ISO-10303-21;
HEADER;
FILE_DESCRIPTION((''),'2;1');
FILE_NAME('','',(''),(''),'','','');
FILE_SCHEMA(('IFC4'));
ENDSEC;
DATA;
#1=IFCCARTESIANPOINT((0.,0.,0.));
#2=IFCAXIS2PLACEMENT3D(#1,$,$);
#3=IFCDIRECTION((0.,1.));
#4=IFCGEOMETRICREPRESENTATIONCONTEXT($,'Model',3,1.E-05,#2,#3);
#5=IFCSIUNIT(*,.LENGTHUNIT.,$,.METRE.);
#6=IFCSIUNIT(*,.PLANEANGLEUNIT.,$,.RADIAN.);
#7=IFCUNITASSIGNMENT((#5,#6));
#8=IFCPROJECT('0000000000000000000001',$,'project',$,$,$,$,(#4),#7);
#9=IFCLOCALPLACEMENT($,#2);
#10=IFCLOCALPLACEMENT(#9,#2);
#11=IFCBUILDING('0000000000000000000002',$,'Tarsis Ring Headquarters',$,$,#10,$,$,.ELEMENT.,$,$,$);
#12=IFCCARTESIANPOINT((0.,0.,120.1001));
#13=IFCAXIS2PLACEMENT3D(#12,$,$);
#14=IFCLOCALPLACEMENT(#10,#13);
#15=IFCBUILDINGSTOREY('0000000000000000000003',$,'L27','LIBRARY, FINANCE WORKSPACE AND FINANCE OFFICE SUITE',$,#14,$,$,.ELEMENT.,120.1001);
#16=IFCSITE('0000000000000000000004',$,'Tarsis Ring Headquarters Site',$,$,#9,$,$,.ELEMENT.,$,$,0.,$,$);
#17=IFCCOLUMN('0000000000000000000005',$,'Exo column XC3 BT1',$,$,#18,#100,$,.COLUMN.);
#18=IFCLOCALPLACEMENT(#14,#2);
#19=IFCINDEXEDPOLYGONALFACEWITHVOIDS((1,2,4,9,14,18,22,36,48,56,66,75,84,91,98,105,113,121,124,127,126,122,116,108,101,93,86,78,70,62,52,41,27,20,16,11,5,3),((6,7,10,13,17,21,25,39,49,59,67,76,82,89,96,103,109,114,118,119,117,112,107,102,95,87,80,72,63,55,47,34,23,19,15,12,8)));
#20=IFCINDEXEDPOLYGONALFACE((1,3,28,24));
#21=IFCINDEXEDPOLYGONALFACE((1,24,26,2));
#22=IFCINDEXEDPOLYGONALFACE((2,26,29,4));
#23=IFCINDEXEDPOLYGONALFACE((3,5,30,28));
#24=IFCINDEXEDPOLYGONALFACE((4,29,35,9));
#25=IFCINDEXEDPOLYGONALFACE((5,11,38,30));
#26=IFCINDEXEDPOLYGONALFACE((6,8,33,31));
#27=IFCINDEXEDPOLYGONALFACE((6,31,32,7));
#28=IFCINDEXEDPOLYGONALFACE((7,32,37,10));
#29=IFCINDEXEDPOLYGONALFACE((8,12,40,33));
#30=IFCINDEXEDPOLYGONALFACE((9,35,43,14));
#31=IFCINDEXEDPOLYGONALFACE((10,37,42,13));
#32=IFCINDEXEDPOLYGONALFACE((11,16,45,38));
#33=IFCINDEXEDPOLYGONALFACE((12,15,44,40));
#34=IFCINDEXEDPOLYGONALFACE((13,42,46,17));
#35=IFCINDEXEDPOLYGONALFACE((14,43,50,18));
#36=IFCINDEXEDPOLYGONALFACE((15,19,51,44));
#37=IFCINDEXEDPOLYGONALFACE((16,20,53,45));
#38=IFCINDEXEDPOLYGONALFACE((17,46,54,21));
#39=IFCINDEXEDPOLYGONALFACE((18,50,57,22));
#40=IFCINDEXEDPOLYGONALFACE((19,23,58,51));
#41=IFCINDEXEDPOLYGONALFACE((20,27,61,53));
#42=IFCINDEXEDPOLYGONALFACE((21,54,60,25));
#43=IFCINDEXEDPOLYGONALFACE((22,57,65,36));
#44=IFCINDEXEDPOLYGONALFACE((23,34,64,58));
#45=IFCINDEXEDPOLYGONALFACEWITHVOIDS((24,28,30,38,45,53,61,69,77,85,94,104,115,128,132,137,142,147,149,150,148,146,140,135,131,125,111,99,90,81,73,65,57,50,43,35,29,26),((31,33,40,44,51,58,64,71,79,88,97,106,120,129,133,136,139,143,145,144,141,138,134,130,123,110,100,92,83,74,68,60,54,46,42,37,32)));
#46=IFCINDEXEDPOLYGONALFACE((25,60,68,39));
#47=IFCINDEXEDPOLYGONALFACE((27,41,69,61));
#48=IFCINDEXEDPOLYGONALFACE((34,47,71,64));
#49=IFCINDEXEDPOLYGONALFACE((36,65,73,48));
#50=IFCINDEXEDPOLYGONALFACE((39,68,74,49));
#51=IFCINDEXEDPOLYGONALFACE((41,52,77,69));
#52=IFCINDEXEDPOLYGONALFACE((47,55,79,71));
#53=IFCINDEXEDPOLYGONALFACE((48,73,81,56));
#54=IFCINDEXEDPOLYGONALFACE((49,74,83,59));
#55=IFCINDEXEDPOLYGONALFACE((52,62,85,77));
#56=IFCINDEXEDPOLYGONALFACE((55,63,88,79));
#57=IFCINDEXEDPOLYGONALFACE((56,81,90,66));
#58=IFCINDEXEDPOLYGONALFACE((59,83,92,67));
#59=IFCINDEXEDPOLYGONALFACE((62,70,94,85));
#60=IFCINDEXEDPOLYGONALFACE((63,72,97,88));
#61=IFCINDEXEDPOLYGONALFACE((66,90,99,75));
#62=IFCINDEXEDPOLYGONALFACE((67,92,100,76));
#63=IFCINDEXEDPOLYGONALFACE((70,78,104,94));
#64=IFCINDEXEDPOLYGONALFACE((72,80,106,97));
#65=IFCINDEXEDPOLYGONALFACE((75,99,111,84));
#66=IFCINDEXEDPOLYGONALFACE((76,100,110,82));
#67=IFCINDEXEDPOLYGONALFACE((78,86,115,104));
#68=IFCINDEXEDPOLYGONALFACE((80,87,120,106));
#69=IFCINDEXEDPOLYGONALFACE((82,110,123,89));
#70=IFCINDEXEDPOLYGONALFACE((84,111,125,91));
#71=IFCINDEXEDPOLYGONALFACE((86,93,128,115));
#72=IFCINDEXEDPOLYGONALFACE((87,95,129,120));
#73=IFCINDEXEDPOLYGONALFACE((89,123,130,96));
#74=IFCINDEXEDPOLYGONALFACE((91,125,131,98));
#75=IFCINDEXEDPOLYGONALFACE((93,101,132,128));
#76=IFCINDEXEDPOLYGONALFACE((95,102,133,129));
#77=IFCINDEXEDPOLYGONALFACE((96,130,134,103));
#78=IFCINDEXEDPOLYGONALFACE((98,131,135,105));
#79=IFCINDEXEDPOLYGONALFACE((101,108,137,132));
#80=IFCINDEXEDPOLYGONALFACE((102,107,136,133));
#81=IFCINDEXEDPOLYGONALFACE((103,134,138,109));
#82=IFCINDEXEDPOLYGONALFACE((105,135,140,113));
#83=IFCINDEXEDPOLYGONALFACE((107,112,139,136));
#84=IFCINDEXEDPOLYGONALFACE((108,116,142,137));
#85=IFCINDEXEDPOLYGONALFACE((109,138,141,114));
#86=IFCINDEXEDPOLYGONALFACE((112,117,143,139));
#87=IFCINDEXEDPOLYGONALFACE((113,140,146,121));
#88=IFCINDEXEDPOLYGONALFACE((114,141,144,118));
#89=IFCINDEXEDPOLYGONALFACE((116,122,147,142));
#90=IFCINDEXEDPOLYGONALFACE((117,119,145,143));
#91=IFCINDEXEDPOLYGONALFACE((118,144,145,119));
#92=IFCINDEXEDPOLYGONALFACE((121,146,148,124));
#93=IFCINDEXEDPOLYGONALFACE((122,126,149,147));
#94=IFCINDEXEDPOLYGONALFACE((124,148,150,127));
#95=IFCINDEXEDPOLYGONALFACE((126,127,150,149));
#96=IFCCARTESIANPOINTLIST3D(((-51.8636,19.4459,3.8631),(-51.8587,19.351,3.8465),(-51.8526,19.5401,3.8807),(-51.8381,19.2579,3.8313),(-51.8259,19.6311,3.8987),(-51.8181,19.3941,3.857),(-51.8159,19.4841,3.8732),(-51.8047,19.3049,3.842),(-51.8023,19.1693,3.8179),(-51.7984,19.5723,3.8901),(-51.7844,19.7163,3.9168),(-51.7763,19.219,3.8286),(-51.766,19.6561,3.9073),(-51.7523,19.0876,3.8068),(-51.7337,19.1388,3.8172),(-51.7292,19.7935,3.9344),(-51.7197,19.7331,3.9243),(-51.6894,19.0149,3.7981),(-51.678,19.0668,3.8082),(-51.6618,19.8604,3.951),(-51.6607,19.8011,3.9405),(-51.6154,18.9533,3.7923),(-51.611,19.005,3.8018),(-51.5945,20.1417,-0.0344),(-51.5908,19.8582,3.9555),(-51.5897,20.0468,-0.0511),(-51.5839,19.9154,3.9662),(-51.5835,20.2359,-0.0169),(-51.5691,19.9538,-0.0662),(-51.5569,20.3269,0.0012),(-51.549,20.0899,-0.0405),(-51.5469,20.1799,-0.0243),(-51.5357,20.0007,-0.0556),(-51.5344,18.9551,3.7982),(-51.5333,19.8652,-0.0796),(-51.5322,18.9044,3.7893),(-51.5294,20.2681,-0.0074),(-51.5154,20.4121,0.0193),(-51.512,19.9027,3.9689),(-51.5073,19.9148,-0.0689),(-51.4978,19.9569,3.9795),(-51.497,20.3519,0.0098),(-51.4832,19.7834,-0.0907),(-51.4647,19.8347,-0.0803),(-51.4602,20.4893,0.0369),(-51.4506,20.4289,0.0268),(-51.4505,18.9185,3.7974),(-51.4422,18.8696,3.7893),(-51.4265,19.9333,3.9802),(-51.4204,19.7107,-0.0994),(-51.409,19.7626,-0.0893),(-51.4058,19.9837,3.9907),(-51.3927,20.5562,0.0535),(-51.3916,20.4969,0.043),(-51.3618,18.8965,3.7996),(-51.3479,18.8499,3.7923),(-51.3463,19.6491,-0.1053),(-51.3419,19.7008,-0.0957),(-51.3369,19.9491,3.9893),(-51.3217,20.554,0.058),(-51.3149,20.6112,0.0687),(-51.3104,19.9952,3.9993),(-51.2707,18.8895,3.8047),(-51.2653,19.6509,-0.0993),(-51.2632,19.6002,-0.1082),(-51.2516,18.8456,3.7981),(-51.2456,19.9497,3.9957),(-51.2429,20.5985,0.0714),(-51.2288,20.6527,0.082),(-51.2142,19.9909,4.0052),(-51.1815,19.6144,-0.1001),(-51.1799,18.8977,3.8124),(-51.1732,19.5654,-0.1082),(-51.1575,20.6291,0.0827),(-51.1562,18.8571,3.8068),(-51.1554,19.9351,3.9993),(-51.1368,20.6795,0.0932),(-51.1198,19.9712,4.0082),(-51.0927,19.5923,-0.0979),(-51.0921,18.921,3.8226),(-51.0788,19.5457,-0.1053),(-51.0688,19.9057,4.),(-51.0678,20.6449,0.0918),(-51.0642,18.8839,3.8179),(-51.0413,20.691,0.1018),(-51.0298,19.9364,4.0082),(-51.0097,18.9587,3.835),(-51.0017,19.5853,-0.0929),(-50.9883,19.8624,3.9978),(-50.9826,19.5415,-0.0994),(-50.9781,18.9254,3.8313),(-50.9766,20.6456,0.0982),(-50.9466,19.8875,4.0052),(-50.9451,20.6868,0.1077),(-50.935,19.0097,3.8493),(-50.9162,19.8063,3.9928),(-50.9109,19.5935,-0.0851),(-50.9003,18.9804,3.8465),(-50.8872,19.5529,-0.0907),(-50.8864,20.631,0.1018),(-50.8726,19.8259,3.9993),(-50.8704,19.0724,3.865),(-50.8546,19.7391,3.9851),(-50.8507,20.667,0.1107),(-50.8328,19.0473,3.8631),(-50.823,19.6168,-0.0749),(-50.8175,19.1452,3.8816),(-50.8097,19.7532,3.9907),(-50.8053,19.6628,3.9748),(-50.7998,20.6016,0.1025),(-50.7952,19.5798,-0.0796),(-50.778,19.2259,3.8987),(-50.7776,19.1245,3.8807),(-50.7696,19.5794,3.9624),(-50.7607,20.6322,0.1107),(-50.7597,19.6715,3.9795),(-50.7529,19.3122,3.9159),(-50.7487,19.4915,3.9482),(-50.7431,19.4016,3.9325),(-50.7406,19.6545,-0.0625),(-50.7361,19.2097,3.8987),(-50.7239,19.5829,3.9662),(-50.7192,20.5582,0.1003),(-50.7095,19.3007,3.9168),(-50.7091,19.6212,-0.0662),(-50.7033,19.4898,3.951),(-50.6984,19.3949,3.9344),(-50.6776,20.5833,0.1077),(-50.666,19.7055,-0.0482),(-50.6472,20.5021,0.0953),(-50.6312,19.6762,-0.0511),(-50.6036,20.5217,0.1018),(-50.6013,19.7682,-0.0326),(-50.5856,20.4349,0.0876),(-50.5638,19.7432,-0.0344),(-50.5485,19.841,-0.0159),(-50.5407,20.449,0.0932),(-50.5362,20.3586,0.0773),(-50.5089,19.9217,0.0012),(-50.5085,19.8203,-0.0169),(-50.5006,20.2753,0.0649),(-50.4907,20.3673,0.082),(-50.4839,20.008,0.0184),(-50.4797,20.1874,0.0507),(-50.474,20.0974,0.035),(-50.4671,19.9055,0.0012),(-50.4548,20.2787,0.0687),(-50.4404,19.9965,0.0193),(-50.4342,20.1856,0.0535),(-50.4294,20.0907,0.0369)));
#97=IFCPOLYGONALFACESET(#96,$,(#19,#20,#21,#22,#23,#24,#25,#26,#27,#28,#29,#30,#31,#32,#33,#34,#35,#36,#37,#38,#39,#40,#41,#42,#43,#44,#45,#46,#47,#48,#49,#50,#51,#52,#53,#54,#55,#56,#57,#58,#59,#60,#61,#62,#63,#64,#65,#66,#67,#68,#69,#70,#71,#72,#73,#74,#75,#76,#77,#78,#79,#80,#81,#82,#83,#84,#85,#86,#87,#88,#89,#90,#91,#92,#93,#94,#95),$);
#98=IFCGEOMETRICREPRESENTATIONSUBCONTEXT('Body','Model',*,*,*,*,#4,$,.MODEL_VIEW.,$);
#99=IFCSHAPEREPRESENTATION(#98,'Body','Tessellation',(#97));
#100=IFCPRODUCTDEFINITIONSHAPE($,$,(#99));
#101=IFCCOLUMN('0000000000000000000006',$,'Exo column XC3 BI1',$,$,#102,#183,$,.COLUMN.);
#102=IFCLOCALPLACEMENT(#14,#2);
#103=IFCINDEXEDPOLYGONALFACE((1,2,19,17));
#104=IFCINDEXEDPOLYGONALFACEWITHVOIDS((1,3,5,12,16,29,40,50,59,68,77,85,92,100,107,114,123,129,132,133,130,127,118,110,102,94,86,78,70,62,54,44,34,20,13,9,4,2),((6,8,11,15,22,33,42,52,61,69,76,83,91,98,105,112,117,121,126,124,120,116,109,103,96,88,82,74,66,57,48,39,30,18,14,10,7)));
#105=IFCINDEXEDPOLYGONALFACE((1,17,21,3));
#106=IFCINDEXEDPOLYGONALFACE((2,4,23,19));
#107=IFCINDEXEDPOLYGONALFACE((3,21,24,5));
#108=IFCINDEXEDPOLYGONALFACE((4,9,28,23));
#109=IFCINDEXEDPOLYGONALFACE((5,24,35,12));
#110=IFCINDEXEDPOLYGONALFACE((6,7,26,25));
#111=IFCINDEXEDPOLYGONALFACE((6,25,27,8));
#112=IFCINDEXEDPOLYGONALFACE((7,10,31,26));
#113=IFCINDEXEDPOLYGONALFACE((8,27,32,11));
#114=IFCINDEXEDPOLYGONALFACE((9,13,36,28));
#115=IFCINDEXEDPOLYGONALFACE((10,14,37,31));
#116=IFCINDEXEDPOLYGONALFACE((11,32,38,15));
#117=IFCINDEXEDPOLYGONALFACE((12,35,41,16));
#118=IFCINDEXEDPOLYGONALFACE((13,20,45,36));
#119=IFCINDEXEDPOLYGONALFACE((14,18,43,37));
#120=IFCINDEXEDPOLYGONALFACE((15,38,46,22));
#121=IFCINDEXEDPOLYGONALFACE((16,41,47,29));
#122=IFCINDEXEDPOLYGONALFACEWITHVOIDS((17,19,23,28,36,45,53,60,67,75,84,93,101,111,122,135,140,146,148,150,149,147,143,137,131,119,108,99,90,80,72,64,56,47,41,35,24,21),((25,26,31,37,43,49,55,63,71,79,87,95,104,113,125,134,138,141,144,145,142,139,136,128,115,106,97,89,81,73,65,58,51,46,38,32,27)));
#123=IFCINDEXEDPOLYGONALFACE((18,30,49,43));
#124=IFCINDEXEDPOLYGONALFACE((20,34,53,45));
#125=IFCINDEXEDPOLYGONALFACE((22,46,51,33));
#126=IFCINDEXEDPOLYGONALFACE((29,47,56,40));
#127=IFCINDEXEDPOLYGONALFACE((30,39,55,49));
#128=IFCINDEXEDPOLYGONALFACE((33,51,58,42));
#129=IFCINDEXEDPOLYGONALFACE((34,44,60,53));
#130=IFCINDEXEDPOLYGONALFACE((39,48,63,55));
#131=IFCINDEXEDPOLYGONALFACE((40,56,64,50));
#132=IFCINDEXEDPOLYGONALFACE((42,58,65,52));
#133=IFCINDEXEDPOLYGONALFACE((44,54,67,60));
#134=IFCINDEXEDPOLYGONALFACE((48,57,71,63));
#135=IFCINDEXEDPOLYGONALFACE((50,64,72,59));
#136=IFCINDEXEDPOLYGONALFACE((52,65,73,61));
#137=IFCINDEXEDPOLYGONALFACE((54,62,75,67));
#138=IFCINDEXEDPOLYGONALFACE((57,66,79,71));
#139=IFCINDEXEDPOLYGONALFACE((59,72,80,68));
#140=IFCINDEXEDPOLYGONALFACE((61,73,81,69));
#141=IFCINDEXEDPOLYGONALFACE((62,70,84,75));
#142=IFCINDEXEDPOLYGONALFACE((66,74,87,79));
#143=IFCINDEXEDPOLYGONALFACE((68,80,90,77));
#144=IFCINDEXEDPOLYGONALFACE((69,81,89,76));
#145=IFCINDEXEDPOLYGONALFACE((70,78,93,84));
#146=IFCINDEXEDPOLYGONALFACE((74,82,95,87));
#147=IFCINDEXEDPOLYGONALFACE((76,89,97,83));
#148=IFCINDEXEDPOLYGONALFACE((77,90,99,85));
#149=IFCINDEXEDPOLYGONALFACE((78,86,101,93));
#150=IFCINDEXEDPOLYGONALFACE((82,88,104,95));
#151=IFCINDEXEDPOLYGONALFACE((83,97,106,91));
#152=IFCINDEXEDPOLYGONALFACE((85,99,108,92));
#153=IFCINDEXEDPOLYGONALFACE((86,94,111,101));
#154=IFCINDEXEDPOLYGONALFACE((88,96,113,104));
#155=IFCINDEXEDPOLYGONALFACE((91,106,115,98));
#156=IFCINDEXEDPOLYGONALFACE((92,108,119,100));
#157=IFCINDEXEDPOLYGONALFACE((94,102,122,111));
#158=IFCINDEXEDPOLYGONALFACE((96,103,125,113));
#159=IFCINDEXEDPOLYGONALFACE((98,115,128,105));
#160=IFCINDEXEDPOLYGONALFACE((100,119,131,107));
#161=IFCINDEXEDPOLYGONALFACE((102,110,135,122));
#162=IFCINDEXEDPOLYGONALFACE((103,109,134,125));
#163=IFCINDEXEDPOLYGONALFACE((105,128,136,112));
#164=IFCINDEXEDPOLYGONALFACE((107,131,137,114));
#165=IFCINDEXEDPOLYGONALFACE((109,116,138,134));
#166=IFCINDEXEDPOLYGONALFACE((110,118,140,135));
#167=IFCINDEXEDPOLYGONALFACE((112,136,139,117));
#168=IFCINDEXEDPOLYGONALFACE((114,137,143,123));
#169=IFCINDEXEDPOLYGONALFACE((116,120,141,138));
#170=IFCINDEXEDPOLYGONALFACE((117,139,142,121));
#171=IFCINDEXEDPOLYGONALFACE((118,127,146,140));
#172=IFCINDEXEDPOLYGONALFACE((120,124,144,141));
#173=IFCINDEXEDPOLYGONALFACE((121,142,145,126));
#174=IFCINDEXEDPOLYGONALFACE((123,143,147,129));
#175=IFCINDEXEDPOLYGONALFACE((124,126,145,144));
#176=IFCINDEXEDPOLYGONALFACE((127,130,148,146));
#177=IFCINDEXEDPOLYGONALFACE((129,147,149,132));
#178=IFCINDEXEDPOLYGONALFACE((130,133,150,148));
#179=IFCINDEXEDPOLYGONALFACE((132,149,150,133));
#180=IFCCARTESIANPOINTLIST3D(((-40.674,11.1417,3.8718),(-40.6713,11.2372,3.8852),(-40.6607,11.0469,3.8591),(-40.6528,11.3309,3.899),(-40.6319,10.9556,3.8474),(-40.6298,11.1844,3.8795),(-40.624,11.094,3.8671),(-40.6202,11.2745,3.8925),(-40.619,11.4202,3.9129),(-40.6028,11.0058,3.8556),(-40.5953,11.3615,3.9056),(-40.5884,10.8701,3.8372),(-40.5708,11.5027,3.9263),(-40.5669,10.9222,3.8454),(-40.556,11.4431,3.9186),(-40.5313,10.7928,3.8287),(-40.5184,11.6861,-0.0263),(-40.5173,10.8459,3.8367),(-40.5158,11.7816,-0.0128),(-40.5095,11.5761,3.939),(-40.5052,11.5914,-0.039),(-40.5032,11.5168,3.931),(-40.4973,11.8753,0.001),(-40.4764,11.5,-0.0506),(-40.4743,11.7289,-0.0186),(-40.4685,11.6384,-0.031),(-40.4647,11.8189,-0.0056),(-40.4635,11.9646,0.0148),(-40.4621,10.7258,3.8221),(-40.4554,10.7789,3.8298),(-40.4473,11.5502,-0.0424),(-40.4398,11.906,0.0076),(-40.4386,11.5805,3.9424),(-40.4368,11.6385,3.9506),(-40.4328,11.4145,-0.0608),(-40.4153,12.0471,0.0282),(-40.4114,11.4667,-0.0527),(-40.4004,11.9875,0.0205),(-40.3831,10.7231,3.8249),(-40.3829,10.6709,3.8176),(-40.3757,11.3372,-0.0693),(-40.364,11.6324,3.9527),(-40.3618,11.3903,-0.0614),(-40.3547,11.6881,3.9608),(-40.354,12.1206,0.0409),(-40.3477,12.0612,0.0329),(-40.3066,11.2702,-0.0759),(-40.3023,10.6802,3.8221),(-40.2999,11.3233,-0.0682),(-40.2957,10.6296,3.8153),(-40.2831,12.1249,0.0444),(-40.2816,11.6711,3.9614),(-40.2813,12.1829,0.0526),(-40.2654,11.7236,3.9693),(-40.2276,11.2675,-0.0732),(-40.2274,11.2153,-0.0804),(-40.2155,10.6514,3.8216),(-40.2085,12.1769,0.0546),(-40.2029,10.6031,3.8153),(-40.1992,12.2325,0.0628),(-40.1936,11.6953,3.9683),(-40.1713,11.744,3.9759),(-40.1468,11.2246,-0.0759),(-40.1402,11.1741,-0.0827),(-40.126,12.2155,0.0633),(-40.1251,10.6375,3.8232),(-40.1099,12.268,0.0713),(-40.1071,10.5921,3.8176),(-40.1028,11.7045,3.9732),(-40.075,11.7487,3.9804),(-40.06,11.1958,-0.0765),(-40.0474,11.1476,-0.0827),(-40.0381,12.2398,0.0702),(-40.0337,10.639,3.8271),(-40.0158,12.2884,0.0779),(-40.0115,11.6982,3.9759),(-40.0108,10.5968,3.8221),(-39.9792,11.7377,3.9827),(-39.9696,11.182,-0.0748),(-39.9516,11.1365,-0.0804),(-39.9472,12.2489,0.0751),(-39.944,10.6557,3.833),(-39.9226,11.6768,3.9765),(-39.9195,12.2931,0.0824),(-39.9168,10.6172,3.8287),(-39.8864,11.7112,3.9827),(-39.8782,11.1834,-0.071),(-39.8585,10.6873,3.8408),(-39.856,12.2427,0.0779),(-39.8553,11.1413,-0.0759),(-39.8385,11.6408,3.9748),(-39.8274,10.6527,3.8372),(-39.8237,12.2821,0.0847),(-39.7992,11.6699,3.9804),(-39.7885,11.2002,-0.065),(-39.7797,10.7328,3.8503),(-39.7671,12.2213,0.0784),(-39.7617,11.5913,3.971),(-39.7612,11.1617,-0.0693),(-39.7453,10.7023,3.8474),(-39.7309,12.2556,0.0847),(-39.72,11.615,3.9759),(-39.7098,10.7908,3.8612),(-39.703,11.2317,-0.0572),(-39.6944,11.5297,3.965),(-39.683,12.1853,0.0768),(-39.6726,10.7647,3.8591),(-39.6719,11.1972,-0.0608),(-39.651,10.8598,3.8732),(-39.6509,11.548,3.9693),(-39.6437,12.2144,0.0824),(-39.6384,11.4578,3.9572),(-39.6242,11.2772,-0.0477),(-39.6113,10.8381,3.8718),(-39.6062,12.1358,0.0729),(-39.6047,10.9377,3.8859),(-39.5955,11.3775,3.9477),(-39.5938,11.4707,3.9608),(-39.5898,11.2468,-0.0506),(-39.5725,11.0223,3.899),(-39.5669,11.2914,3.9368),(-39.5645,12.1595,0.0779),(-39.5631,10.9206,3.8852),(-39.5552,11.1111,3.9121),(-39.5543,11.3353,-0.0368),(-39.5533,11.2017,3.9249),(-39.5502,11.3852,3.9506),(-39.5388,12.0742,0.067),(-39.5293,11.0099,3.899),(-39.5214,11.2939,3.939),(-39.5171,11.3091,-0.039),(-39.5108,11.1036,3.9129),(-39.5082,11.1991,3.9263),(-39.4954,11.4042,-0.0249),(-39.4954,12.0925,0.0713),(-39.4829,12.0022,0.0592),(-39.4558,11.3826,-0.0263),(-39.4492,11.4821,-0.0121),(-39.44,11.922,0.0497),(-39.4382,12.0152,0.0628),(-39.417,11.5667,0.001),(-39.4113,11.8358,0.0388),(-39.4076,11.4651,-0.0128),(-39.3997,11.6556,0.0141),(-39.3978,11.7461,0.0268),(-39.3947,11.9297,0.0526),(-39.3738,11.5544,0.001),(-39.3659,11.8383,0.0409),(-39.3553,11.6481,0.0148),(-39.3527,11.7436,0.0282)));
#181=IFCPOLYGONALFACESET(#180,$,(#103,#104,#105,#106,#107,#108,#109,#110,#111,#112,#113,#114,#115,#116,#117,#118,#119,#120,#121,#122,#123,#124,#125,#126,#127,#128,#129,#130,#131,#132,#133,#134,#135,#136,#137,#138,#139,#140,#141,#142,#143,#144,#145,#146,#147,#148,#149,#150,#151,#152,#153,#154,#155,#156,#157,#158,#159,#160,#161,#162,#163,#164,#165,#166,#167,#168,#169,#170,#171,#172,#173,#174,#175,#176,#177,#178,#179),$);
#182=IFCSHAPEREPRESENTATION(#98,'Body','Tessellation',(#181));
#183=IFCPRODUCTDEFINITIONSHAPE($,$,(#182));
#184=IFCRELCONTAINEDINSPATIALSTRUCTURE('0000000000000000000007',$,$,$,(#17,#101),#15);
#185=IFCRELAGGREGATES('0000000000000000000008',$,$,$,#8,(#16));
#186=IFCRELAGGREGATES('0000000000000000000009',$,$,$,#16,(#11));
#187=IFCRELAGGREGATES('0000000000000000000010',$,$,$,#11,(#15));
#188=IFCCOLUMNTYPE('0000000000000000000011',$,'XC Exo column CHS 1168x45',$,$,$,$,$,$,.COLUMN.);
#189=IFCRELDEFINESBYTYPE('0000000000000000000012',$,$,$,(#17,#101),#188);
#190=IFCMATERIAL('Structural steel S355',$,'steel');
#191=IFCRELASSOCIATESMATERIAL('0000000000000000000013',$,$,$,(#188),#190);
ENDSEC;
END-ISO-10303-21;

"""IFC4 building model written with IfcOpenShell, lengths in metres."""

from ifc_helpers import new_model, si_unit, direction, frame, origin, origin_2d, place, context, subcontext, project, spatial, hollow_circle, extrude, material, material_profile, profile_set, type_object, element, save


model = new_model("IFC4")

# Units and contexts
model_context = context("Model", 3, precision=1e-05, world=origin(), true_north=direction((0.0, 1.0)))
body_context = subcontext(model_context, "Body", "Model", "MODEL_VIEW")
ifc_project = project(units=[si_unit("LENGTHUNIT", "METRE"), si_unit("PLANEANGLEUNIT", "RADIAN")], contexts=[model_context])

# Site, building, storey
site_placement = place(None, origin())
site = spatial("IfcSite", under=ifc_project, at=site_placement, Name="Tarsis Ring Headquarters Site", CompositionType="ELEMENT", RefElevation=0.0)
building_placement = place(site_placement, origin())
building = spatial("IfcBuilding", under=site, at=building_placement, Name="Tarsis Ring Headquarters", CompositionType="ELEMENT")
storey_placement = place(building_placement, frame((0.0, 0.0, 120.1001)))
storey = spatial("IfcBuildingStorey", under=building, at=storey_placement, Name="L27", Description="LIBRARY, FINANCE WORKSPACE AND FINANCE OFFICE SUITE", CompositionType="ELEMENT", Elevation=120.1001)

# Columns
ifc_material_1 = material(Name="Structural steel S355", Category="steel")
ifc_material_profile_1 = material_profile(ifc_material_1, hollow_circle(Radius=0.5842, WallThickness=0.0449, at=origin_2d()), Name="CHS 1168x45")
ifc_profile_set_1 = profile_set([ifc_material_profile_1], Name="Structural steel S355")
column_type = type_object("IfcColumnType", Name="XC Exo column CHS 1168x45", PredefinedType="COLUMN", material=ifc_profile_set_1)
column_1_placement = place(storey_placement, frame((-51.012, 20.1162, 0.0012), z_axis=(-0.0678, -0.175344, 0.98217), x_axis=(0.932703, -0.360645, 0.0)))
element("IfcColumn", 1, at=column_1_placement, inside=storey, type_object=column_type, Name="Exo column XC3 BT1", PredefinedType="COLUMN", context=body_context, shape_type="SweptSolid", body=[
    extrude(hollow_circle(Radius=0.5842, WallThickness=0.0449, at=origin_2d()), origin(), (0.0, 0.0, 1.0), 3.9683),
])
column_2_placement = place(storey_placement, frame((-39.9355, 11.7148, 0.001), z_axis=(-0.039483, -0.138221, 0.989614), x_axis=(0.96154, -0.274664, 0.0)))
element("IfcColumn", 2, at=column_2_placement, inside=storey, type_object=column_type, Name="Exo column XC3 BI1", PredefinedType="COLUMN", context=body_context, shape_type="SweptSolid", body=[
    extrude(hollow_circle(Radius=0.5842, WallThickness=0.0449, at=origin_2d()), origin(), (0.0, 0.0, 1.0), 3.939),
])

save(model, "model.ifc")
